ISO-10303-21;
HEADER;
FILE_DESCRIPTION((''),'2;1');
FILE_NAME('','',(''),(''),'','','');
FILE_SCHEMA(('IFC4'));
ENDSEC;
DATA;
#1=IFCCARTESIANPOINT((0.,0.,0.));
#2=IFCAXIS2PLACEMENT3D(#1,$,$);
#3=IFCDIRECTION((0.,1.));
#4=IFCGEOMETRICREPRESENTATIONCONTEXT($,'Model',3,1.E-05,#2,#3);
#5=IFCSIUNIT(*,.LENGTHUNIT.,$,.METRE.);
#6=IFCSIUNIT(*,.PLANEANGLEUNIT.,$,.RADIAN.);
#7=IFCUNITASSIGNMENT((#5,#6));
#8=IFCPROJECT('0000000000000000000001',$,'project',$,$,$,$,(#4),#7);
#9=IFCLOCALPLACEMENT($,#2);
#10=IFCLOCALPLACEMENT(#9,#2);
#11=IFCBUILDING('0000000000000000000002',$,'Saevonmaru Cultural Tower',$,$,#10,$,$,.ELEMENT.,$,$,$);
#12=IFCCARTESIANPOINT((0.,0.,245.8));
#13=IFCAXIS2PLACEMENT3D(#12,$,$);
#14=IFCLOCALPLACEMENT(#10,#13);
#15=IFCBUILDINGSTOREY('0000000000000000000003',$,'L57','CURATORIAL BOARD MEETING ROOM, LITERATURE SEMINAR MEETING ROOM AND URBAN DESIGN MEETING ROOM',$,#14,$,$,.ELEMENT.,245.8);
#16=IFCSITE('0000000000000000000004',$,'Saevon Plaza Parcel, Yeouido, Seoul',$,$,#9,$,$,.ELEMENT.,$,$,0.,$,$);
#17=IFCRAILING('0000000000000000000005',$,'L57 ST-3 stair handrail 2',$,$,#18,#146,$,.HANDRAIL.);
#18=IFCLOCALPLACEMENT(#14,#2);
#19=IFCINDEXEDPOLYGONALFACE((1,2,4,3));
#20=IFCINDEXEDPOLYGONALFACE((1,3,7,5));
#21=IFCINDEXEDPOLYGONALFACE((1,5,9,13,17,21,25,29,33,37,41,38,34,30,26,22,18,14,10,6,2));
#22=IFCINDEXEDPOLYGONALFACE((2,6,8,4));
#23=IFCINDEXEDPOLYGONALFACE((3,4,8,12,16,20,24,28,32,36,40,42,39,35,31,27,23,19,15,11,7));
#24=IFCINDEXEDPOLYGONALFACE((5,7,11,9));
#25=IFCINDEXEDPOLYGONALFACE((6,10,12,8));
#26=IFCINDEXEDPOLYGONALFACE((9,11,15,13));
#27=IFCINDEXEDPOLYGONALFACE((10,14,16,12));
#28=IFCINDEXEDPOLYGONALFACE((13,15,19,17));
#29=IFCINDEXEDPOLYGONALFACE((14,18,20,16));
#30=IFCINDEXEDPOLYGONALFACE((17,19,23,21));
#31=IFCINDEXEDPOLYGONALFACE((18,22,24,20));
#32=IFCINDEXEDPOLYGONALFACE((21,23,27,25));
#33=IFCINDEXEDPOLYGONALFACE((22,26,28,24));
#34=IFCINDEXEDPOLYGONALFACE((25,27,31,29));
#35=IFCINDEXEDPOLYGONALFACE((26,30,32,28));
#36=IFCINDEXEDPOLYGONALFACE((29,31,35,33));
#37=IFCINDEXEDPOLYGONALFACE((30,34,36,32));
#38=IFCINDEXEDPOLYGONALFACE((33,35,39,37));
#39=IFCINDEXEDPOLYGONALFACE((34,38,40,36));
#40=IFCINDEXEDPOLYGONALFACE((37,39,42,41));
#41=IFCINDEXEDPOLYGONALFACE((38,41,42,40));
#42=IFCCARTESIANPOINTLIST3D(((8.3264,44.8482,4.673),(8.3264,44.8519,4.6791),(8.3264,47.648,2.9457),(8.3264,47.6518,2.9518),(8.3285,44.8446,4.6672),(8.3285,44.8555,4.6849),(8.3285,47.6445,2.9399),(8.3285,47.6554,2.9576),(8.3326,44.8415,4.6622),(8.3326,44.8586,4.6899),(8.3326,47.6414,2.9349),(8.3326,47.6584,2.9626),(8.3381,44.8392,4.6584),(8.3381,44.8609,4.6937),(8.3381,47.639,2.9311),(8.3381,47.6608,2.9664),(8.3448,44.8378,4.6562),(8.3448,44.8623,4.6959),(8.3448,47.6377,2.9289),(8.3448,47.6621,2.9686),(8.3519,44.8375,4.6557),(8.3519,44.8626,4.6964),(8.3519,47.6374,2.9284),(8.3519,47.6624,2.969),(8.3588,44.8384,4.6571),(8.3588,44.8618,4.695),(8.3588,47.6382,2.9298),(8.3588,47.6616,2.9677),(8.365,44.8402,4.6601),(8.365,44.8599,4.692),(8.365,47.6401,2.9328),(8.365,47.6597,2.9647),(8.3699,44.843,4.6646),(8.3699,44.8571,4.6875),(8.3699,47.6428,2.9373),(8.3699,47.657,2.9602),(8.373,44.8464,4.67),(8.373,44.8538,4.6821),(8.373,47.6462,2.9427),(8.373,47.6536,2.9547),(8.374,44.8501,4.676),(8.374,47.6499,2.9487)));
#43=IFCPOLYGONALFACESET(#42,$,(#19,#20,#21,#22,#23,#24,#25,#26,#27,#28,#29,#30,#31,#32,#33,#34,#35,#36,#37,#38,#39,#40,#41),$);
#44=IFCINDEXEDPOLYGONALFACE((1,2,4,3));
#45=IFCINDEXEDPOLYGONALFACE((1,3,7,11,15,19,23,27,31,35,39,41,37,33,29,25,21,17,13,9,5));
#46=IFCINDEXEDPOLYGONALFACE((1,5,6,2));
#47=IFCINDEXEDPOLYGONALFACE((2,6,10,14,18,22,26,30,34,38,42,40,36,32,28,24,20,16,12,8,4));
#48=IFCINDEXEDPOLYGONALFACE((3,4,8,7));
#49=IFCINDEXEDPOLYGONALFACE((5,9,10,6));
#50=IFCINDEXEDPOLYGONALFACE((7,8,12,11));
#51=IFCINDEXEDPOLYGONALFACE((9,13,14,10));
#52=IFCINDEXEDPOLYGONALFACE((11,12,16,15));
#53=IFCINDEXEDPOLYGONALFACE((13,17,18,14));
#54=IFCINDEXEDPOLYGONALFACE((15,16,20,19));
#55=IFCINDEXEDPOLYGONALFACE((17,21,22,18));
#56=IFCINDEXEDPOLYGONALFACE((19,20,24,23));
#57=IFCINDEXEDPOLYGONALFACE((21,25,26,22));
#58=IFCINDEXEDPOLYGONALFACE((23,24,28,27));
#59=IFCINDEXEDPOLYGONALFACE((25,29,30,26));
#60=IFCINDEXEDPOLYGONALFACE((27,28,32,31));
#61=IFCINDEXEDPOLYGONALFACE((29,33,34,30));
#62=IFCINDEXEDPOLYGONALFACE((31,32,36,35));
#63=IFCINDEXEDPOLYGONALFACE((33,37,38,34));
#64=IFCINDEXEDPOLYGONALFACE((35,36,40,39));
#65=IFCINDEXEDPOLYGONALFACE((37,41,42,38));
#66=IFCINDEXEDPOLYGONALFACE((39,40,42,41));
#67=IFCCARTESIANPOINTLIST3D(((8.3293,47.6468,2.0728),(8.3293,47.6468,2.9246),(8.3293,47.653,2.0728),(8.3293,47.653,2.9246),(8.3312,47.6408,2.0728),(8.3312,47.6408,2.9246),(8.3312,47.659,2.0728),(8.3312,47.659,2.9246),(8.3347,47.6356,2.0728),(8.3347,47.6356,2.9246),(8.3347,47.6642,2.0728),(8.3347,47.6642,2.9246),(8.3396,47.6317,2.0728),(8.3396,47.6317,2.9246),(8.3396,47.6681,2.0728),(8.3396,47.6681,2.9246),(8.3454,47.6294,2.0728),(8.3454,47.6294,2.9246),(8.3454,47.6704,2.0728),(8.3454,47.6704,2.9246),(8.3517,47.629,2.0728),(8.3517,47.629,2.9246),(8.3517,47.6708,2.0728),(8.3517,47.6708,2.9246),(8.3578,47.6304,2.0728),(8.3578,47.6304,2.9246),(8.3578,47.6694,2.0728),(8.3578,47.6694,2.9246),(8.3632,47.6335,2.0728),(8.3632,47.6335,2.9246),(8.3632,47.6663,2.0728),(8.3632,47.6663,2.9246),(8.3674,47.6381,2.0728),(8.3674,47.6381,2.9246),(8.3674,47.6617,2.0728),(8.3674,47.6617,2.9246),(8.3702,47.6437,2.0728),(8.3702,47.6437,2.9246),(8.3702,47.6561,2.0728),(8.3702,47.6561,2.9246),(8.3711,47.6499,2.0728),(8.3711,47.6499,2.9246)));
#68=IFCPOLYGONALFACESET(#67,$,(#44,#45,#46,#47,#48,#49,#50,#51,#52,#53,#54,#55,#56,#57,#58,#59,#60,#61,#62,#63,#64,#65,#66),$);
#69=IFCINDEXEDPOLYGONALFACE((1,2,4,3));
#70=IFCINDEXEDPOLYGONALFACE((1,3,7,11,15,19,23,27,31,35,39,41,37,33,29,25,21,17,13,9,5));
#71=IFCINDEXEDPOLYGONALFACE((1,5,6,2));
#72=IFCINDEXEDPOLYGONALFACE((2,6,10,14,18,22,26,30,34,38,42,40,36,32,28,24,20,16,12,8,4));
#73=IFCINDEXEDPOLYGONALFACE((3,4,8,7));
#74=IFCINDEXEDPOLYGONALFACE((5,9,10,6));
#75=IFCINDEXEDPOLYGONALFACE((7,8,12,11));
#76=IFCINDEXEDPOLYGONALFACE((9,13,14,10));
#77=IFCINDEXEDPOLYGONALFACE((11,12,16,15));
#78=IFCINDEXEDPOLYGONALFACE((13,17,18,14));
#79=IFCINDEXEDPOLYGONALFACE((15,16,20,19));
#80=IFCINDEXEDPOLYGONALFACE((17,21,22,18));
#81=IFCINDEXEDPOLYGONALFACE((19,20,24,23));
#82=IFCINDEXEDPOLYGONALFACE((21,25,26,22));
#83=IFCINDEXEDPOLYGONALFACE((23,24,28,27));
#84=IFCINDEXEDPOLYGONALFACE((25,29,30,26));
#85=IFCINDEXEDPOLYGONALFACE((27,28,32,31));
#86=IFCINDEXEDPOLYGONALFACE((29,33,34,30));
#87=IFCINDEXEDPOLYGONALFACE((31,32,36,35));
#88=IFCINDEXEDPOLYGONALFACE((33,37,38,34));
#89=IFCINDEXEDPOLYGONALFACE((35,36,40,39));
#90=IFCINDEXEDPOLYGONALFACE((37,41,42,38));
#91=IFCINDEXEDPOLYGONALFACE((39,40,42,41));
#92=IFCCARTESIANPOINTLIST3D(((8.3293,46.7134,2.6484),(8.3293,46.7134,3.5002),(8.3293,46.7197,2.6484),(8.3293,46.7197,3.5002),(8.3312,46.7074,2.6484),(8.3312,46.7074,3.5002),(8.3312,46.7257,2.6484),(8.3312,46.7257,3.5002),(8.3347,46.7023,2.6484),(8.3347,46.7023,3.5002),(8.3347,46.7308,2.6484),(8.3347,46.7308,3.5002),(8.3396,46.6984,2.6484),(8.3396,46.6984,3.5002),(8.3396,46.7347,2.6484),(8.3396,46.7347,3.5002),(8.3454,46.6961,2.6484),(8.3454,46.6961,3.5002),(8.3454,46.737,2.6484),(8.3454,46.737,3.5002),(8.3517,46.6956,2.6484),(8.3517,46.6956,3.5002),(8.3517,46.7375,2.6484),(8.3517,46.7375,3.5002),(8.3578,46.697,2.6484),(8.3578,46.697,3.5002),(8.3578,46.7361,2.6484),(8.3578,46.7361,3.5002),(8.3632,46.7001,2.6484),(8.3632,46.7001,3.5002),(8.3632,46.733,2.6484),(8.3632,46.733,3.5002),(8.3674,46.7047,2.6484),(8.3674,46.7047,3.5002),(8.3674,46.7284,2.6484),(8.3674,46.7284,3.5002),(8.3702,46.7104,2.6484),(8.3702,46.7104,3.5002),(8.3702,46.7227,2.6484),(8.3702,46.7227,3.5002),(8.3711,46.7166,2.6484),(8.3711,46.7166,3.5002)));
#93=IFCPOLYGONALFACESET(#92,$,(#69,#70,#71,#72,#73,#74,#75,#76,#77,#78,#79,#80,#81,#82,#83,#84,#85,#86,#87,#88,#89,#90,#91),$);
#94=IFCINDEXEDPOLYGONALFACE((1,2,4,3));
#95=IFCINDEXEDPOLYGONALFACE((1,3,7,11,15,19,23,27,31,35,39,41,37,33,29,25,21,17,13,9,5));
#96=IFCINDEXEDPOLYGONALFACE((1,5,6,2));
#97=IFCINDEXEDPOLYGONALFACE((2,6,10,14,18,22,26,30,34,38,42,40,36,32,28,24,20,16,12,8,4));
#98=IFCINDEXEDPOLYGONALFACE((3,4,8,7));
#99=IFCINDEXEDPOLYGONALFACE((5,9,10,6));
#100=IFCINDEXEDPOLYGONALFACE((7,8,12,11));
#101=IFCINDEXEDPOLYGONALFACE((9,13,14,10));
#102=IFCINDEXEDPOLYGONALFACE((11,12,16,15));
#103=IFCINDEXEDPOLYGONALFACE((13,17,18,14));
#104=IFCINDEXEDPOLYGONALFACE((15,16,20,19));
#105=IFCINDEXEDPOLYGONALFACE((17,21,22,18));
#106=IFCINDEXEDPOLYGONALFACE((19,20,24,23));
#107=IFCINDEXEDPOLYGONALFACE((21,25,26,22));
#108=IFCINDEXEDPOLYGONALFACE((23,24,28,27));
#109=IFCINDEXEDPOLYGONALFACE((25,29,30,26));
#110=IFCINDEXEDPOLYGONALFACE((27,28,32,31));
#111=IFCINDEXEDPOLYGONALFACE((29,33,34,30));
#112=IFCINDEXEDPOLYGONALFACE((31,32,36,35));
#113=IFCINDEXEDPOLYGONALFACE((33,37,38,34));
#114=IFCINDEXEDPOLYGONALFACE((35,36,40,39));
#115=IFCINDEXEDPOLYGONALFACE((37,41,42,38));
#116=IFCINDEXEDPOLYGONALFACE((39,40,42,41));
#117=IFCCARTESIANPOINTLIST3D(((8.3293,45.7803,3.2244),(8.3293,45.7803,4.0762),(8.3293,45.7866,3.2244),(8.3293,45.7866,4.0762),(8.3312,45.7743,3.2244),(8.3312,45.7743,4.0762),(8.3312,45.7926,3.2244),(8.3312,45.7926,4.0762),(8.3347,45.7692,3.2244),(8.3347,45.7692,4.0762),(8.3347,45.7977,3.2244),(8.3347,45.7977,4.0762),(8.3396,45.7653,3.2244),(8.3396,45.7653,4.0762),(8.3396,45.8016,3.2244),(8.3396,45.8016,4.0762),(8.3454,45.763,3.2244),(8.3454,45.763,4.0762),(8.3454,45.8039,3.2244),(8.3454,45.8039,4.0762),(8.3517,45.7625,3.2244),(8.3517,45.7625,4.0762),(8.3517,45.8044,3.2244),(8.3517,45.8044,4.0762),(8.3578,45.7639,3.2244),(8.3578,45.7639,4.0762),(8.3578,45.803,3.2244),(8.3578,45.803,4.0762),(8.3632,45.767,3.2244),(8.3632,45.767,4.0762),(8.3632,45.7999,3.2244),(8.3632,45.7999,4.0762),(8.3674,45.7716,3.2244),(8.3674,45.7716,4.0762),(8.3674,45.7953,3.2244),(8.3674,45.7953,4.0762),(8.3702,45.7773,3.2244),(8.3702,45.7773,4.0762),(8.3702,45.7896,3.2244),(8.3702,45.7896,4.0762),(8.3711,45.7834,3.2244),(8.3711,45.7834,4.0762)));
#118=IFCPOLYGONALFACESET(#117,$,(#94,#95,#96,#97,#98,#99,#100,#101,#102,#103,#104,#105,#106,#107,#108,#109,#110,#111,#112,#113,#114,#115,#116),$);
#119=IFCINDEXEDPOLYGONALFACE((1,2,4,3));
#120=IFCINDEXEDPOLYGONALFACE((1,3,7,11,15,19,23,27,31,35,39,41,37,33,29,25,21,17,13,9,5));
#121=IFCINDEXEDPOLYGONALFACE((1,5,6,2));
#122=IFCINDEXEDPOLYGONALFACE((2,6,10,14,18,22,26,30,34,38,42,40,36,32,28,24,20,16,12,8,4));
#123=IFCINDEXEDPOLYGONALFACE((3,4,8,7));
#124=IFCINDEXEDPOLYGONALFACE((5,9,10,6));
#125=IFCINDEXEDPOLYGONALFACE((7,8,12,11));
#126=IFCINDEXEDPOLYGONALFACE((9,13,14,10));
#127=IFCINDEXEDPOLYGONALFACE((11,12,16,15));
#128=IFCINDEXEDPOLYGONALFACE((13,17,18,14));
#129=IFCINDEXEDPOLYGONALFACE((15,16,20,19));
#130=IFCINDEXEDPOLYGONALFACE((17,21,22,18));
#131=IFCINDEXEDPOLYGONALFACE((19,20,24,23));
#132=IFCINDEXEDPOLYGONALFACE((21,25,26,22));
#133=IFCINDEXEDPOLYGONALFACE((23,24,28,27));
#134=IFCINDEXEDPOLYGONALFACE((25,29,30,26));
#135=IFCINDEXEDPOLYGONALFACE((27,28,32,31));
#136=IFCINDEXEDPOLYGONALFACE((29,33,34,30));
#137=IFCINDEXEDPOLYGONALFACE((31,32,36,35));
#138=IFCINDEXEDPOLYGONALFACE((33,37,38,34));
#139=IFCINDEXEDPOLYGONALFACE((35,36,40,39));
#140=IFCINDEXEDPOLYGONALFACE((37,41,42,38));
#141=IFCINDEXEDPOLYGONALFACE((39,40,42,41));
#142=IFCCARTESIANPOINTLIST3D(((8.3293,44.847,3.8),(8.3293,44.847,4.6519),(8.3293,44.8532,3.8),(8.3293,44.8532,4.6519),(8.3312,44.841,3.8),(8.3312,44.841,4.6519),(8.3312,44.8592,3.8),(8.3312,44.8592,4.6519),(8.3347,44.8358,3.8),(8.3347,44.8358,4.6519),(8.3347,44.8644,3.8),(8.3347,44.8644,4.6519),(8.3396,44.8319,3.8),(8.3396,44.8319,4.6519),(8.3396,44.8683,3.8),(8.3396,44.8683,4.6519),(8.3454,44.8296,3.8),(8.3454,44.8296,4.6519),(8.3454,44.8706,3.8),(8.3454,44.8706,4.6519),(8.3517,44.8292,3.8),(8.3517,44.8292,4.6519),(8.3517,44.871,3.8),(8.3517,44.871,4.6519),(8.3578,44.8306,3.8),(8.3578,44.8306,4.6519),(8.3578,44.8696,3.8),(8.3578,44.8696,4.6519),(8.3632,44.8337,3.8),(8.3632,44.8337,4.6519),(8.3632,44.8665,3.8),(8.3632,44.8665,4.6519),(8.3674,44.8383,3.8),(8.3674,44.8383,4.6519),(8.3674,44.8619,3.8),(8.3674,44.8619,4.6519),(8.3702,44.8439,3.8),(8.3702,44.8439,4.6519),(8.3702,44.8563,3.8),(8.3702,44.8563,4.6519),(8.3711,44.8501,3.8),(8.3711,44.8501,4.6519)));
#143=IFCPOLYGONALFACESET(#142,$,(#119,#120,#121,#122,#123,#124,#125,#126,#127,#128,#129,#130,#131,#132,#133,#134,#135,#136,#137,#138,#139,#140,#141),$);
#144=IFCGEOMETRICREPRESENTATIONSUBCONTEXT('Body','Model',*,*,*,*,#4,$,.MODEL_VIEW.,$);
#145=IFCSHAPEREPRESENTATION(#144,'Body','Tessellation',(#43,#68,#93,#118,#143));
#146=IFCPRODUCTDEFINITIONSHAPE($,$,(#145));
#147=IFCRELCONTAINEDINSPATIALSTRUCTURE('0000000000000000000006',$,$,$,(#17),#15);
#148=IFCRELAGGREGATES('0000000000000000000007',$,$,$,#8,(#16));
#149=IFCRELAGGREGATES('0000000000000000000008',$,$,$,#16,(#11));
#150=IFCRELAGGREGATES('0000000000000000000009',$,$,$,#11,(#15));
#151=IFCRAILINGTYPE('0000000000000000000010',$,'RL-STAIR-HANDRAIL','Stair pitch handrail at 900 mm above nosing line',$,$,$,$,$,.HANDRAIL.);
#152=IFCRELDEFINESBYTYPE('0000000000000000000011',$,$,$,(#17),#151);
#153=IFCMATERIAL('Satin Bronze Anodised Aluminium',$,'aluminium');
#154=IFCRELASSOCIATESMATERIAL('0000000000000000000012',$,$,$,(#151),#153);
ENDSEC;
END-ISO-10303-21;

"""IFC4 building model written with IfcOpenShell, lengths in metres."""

from ifc_helpers import new_model, si_unit, direction, frame, origin, origin_2d, place, context, subcontext, project, spatial, circle, extrude, material, type_object, element, save


model = new_model("IFC4")

# Units and contexts
model_context = context("Model", 3, precision=1e-05, world=origin(), true_north=direction((0.0, 1.0)))
body_context = subcontext(model_context, "Body", "Model", "MODEL_VIEW")
ifc_project = project(units=[si_unit("LENGTHUNIT", "METRE"), si_unit("PLANEANGLEUNIT", "RADIAN")], contexts=[model_context])

# Site, building, storey
site_placement = place(None, origin())
site = spatial("IfcSite", under=ifc_project, at=site_placement, Name="Saevon Plaza Parcel, Yeouido, Seoul", CompositionType="ELEMENT", RefElevation=0.0)
building_placement = place(site_placement, origin())
building = spatial("IfcBuilding", under=site, at=building_placement, Name="Saevonmaru Cultural Tower", CompositionType="ELEMENT")
storey_placement = place(building_placement, frame((0.0, 0.0, 245.8)))
storey = spatial("IfcBuildingStorey", under=building, at=storey_placement, Name="L57", Description="CURATORIAL BOARD MEETING ROOM, LITERATURE SEMINAR MEETING ROOM AND URBAN DESIGN MEETING ROOM", CompositionType="ELEMENT", Elevation=245.8)

# Shared definitions
ifc_material_1 = material(Name="Satin Bronze Anodised Aluminium", Category="aluminium")

# Railing
railing_type_1 = type_object("IfcRailingType", Name="RL-STAIR-HANDRAIL", Description="Stair pitch handrail at 900 mm above nosing line", PredefinedType="HANDRAIL", material=ifc_material_1)
railing_1_placement = place(storey_placement, frame((8.3501, 47.6499, 2.0728)))
element("IfcRailing", 1, at=railing_1_placement, inside=storey, type_object=railing_type_1, Name="L57 ST-3 stair handrail 2", PredefinedType="HANDRAIL", context=body_context, shape_type="SweptSolid", body=[
    extrude(circle(Radius=0.0239, at=origin_2d()), frame((0.0, 0.0, 0.876), z_axis=(0.0, -0.851069, 0.525054), x_axis=(1.0, 0.0, 0.0)), (0.0, 0.0, 1.0), 3.2898),
    extrude(circle(Radius=0.021, at=origin_2d()), origin(), (0.0, 0.0, 1.0), 0.8518),
    extrude(circle(Radius=0.021, at=origin_2d()), frame((0.0, -0.9333, 0.5757)), (0.0, 0.0, 1.0), 0.8518),
    extrude(circle(Radius=0.021, at=origin_2d()), frame((0.0, -1.8665, 1.1516)), (0.0, 0.0, 1.0), 0.8518),
    extrude(circle(Radius=0.021, at=origin_2d()), frame((0.0, -2.7998, 1.7273)), (0.0, 0.0, 1.0), 0.8518),
])

save(model, "model.ifc")
